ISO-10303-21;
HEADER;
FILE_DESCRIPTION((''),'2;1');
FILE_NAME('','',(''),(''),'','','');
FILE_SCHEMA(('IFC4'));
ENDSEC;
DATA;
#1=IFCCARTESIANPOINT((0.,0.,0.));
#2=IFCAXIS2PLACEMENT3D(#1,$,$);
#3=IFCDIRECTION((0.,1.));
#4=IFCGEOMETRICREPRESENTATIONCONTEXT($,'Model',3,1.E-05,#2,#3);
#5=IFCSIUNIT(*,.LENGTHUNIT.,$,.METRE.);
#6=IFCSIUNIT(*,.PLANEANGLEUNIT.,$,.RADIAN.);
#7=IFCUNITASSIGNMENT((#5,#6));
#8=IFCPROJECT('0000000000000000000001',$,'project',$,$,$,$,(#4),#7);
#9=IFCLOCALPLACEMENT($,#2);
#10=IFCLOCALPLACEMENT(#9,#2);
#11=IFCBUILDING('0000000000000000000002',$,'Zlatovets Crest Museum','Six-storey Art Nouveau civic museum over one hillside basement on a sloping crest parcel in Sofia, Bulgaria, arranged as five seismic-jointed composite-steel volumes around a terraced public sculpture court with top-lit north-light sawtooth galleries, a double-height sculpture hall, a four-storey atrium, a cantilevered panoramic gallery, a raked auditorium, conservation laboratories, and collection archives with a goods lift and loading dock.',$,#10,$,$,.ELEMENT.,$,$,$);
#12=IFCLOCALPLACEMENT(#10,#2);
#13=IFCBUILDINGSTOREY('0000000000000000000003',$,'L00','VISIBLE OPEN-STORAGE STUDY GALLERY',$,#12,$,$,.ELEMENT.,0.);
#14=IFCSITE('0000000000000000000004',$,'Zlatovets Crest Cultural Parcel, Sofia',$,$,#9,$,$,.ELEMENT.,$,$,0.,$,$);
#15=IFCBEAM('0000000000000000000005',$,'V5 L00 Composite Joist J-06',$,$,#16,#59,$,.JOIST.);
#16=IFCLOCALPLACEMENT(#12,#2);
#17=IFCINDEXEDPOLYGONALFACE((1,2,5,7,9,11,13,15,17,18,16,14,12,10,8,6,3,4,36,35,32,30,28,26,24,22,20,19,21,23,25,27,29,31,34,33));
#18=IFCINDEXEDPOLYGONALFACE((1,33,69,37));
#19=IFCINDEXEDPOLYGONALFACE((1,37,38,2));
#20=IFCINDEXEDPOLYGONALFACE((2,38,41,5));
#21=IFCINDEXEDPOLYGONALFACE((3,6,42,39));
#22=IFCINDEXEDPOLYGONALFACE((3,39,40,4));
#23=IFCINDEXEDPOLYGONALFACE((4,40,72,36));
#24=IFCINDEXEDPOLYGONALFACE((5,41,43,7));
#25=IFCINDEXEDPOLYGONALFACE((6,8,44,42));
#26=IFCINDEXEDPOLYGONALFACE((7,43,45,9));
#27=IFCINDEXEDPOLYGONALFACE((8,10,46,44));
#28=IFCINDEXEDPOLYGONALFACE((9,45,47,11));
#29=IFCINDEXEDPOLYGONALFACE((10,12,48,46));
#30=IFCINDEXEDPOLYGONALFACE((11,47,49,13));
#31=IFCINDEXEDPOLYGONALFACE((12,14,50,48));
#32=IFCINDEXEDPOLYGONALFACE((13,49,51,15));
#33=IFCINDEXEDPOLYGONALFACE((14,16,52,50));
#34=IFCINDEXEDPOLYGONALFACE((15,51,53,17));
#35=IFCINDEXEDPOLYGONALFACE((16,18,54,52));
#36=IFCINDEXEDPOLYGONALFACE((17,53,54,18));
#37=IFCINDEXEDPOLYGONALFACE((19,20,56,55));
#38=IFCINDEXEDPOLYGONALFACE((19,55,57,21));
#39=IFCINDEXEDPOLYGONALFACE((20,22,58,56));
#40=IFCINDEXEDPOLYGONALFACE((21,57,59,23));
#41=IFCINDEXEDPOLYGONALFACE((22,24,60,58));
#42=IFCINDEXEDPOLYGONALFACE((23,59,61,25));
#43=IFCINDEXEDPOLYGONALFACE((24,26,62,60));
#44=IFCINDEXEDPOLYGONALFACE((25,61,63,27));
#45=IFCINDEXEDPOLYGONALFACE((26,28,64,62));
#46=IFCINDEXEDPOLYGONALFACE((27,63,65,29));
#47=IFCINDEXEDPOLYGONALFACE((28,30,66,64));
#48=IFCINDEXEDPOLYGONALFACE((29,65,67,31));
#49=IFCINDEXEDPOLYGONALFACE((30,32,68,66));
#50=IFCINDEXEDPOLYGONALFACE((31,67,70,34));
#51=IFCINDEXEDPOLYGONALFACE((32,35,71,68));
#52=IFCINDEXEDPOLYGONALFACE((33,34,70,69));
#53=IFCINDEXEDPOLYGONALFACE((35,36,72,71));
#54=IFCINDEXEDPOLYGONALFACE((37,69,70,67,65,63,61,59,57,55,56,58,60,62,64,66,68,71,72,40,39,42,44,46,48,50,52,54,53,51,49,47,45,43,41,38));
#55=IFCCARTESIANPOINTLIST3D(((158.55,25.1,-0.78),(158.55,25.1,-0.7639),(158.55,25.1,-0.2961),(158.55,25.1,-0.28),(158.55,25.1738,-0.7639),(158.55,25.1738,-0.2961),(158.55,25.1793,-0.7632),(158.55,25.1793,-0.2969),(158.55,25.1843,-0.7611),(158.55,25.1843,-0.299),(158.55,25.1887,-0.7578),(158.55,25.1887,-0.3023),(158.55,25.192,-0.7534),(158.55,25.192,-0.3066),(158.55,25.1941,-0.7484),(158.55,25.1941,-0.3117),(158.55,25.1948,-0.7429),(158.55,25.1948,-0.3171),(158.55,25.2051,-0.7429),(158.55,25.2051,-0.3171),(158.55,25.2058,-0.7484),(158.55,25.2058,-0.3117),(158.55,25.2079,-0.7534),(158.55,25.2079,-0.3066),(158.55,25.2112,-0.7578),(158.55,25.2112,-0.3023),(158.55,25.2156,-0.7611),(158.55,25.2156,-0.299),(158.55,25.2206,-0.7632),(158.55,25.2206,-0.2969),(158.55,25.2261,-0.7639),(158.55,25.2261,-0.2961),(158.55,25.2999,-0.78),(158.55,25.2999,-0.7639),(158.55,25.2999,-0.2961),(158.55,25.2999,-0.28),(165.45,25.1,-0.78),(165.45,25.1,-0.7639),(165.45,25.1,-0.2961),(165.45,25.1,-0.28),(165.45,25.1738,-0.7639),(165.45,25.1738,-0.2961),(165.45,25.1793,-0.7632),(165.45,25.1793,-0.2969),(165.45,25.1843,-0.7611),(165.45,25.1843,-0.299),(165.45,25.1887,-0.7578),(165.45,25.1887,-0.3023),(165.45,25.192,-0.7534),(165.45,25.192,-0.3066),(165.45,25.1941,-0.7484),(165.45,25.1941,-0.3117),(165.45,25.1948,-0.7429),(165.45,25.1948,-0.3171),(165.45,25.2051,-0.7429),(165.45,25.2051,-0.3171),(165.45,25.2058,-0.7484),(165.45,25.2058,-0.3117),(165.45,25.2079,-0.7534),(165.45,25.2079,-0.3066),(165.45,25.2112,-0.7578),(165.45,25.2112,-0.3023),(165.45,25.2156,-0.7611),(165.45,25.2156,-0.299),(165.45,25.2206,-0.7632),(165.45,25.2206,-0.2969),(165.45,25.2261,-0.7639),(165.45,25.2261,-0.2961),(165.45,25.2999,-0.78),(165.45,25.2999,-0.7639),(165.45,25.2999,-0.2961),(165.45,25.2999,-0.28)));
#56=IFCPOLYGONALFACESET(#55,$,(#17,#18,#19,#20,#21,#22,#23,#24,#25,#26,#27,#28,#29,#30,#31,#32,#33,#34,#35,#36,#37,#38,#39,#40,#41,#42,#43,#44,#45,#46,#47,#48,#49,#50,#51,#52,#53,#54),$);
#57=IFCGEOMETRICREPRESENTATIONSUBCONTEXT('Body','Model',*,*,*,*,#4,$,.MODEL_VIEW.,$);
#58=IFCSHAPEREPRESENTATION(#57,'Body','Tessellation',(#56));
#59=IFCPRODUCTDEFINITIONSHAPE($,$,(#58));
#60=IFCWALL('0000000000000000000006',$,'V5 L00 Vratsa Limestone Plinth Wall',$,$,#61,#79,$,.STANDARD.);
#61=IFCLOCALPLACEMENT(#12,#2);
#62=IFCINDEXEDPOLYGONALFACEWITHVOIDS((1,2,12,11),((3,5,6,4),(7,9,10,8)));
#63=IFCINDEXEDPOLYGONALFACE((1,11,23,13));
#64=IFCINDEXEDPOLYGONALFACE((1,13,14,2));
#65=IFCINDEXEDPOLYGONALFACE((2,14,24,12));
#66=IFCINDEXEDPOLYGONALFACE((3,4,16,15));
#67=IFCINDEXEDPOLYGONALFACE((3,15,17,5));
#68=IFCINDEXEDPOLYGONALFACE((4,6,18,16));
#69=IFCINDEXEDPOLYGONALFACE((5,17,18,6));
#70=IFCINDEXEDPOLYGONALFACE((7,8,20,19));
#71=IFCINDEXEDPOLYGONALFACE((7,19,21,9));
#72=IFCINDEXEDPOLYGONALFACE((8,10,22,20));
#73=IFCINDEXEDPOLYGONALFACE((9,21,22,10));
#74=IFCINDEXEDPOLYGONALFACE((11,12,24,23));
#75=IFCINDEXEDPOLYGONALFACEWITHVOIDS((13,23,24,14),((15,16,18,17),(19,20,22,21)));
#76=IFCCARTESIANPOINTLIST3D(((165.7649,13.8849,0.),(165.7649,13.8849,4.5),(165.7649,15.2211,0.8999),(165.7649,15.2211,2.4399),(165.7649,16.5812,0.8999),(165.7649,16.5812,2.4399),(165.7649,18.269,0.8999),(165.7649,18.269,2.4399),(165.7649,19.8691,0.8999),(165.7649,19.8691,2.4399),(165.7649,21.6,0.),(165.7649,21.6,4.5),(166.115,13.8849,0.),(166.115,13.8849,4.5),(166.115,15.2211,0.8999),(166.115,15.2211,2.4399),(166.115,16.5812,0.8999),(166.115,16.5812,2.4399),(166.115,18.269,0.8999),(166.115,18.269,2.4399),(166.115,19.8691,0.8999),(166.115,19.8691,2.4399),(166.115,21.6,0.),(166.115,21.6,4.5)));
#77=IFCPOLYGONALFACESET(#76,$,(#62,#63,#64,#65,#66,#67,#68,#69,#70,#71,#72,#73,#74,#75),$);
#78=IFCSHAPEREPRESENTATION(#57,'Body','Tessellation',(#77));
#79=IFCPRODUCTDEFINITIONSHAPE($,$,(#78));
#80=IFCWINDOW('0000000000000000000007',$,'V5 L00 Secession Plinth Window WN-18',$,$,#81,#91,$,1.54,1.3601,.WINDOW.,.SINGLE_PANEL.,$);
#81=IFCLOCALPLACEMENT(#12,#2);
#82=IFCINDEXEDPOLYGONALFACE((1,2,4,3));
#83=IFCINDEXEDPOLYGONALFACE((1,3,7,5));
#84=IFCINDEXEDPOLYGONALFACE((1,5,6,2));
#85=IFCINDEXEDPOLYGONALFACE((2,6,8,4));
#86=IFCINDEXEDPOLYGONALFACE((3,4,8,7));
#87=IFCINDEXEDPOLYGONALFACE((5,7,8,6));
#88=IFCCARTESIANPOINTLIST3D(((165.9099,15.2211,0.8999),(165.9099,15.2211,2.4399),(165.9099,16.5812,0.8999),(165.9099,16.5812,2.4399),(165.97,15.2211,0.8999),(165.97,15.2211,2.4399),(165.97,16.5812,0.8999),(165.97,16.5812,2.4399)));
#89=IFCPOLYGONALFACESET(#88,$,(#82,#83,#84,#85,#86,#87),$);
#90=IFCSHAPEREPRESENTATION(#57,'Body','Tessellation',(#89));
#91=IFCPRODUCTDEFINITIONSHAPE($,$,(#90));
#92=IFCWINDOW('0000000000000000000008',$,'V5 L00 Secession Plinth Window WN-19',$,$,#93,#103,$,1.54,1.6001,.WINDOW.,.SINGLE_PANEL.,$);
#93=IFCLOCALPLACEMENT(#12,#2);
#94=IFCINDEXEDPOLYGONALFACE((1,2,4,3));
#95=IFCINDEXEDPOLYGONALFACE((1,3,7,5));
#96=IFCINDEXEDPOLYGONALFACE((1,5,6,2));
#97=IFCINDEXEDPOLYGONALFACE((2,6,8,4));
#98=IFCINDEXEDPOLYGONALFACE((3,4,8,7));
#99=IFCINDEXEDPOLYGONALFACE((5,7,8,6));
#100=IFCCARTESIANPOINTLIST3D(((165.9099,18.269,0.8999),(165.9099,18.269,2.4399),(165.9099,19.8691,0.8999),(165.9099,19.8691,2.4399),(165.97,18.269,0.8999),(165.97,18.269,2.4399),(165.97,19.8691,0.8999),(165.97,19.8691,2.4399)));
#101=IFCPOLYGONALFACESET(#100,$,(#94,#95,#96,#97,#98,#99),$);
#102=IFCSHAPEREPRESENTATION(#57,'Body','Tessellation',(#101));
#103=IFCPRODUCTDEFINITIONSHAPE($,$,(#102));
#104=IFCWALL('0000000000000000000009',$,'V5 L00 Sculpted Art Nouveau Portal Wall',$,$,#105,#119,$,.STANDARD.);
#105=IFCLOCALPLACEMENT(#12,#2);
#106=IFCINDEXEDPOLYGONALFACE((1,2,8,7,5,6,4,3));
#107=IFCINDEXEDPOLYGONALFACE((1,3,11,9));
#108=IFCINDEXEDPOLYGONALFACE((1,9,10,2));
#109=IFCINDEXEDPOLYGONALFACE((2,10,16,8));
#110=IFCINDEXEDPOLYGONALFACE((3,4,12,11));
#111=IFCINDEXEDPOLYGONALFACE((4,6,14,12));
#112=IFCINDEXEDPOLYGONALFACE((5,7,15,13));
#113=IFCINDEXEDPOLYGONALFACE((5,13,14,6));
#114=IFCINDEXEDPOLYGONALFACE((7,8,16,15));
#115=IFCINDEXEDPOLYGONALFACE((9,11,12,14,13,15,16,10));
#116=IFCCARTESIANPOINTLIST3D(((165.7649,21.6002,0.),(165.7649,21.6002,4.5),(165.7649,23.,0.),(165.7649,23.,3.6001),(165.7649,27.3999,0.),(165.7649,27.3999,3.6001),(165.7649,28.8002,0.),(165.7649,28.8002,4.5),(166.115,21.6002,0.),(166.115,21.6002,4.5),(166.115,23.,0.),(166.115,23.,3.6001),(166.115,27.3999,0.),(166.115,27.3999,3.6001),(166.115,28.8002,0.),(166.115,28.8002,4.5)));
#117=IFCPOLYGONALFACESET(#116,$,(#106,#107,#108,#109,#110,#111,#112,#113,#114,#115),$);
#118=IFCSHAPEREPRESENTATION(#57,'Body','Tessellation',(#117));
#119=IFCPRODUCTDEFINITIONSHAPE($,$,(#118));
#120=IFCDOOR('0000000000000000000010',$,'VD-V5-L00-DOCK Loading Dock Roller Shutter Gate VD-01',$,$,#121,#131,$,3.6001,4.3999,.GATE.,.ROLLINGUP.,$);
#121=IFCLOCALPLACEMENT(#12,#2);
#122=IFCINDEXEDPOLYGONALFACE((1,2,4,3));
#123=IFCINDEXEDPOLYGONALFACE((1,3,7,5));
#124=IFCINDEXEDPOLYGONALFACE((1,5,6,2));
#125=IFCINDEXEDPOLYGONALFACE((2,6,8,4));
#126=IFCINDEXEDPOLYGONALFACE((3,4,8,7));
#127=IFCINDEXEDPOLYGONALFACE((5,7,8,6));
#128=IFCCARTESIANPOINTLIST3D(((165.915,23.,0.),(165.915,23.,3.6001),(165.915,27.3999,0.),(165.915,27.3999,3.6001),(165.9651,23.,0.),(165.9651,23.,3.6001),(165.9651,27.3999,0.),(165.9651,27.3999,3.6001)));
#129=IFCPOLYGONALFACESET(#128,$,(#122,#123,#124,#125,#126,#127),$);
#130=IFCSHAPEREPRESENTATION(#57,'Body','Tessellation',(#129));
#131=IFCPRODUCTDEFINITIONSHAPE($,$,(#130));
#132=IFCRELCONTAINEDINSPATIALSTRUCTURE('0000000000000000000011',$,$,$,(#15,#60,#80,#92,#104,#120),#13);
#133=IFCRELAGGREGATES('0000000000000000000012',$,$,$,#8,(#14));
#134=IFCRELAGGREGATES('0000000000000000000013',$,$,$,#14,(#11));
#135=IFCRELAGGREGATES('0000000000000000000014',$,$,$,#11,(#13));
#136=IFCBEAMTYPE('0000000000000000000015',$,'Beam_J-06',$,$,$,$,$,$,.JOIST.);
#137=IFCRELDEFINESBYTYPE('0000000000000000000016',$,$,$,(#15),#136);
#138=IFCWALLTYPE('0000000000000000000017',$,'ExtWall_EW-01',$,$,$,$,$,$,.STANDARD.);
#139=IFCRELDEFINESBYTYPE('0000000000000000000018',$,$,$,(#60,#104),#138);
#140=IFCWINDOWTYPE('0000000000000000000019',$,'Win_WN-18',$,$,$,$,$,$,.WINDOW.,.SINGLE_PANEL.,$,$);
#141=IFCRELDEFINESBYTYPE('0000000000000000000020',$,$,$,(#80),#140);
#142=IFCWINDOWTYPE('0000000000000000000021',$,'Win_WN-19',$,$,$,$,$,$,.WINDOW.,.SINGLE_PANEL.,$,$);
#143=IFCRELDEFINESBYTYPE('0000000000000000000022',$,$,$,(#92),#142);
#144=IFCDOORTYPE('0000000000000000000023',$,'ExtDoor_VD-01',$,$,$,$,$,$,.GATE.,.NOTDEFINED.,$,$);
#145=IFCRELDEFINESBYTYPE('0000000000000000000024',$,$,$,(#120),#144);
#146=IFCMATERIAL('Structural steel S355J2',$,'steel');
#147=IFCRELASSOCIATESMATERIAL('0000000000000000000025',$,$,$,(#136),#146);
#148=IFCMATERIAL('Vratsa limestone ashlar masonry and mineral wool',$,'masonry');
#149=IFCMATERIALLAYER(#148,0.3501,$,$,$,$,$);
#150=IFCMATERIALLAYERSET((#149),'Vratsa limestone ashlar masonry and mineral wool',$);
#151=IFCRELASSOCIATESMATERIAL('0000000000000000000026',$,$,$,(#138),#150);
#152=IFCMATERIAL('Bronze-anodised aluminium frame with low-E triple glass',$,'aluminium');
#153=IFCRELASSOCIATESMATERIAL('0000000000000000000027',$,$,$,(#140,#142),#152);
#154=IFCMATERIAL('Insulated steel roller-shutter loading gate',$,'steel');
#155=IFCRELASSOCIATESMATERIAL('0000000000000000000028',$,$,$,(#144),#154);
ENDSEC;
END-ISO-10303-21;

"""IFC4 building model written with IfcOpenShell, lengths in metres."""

from ifc_helpers import new_model, si_unit, direction, frame, frame_2d, origin, origin_2d, place, context, subcontext, project, spatial, rectangle, i_section, extrude, material, layer, layer_set, material_profile, profile_set, type_object, element, fill, save


model = new_model("IFC4")

# Units and contexts
model_context = context("Model", 3, precision=1e-05, world=origin(), true_north=direction((0.0, 1.0)))
body_context = subcontext(model_context, "Body", "Model", "MODEL_VIEW")
ifc_project = project(units=[si_unit("LENGTHUNIT", "METRE"), si_unit("PLANEANGLEUNIT", "RADIAN")], contexts=[model_context])

# Site, building, storey
site_placement = place(None, origin())
site = spatial("IfcSite", under=ifc_project, at=site_placement, Name="Zlatovets Crest Cultural Parcel, Sofia", CompositionType="ELEMENT", RefElevation=0.0)
building_placement = place(site_placement, origin())
building = spatial("IfcBuilding", under=site, at=building_placement, Name="Zlatovets Crest Museum", Description="Six-storey Art Nouveau civic museum over one hillside basement on a sloping crest parcel in Sofia, Bulgaria, arranged as five seismic-jointed composite-steel volumes around a terraced public sculpture court with top-lit north-light sawtooth galleries, a double-height sculpture hall, a four-storey atrium, a cantilevered panoramic gallery, a raked auditorium, conservation laboratories, and collection archives with a goods lift and loading dock.", CompositionType="ELEMENT")
storey_placement = place(building_placement, origin())
storey = spatial("IfcBuildingStorey", under=building, at=storey_placement, Name="L00", Description="VISIBLE OPEN-STORAGE STUDY GALLERY", CompositionType="ELEMENT", Elevation=0.0)

# Shared definitions
ifc_material_1 = material(Name="Structural steel S355J2", Category="steel")

# Beam
ifc_material_profile_1 = material_profile(ifc_material_1, i_section(OverallWidth=0.2, OverallDepth=0.5, WebThickness=0.0103, FlangeThickness=0.0161, FilletRadius=0.021, at=origin_2d()), Name="IPE 500")
ifc_profile_set_1 = profile_set([ifc_material_profile_1], Name="Structural steel S355J2")
beam_type_1 = type_object("IfcBeamType", Name="Beam_J-06", PredefinedType="JOIST", material=ifc_profile_set_1)
for number, where, z_axis, x_axis, name in (
    (1, (158.55, 25.2, -0.53), (1.0, 0.0, 0.0), (0.0, 1.0, 0.0), "V5 L00 Composite Joist J-06"),
):
    element("IfcBeam", number, at=place(storey_placement, frame(where, z_axis=z_axis, x_axis=x_axis)), inside=storey, type_object=beam_type_1, Name=name, PredefinedType="JOIST", context=body_context, shape_type="SweptSolid", body=[
        extrude(i_section(OverallWidth=0.2, OverallDepth=0.5, WebThickness=0.0103, FlangeThickness=0.0161, FilletRadius=0.021, at=origin_2d()), origin(), (0.0, 0.0, 1.0), 6.8999),
    ])

# Wall, openings, windows
ifc_material_2 = material(Name="Vratsa limestone ashlar masonry and mineral wool", Category="masonry")
ifc_layer_1 = layer(ifc_material_2, 0.3501)
ifc_layer_set_1 = layer_set([ifc_layer_1], Name="Vratsa limestone ashlar masonry and mineral wool")
wall_type = type_object("IfcWallType", Name="ExtWall_EW-01", PredefinedType="STANDARD", material=ifc_layer_set_1)
wall_1_placement = place(storey_placement, frame((165.9399, 13.885, 0.0), z_axis=(0.0, 0.0, 1.0), x_axis=(0.0, 1.0, 0.0)))
wall_1 = element("IfcWall", 2, at=wall_1_placement, inside=storey, type_object=wall_type, Name="V5 L00 Vratsa Limestone Plinth Wall", PredefinedType="STANDARD", context=body_context, shape_type="SweptSolid", body=[
    extrude(rectangle(XDim=7.7151, YDim=0.3501, at=frame_2d((3.8574, 0.0))), origin(), (0.0, 0.0, 1.0), 4.5),
])
opening_1_placement = place(wall_1_placement, frame((1.3359, 0.0, 0.8999)))
opening_1 = element("IfcOpeningElement", 3, at=opening_1_placement, cuts=wall_1, PredefinedType="OPENING", context=body_context, shape_type="SweptSolid", body=[
    extrude(rectangle(XDim=1.3601, YDim=1.54, at=frame_2d((0.6802, 0.77))), frame((0.0, 0.1851, 0.0), z_axis=(0.0, -1.0, 0.0), x_axis=(1.0, 0.0, 0.0)), (0.0, 0.0, 1.0), 0.3701),
])
opening_2_placement = place(wall_1_placement, frame((4.384, 0.0, 0.8999)))
opening_2 = element("IfcOpeningElement", 4, at=opening_2_placement, cuts=wall_1, PredefinedType="OPENING", context=body_context, shape_type="SweptSolid", body=[
    extrude(rectangle(XDim=1.6001, YDim=1.54, at=frame_2d((0.8, 0.77))), frame((0.0, 0.1851, 0.0), z_axis=(0.0, -1.0, 0.0), x_axis=(1.0, 0.0, 0.0)), (0.0, 0.0, 1.0), 0.3701),
])
ifc_material_3 = material(Name="Bronze-anodised aluminium frame with low-E triple glass", Category="aluminium")
window_type_1 = type_object("IfcWindowType", Name="Win_WN-18", PartitioningType="SINGLE_PANEL", PredefinedType="WINDOW", material=ifc_material_3)
window_1_placement = place(opening_1_placement, origin())
window_1 = element("IfcWindow", 5, at=window_1_placement, inside=storey, type_object=window_type_1, Name="V5 L00 Secession Plinth Window WN-18", OverallHeight=1.54, OverallWidth=1.3601, PartitioningType="SINGLE_PANEL", PredefinedType="WINDOW", context=body_context, shape_type="SweptSolid", body=[
    extrude(rectangle(XDim=1.3601, YDim=1.54, at=frame_2d((0.6802, 0.77))), frame((0.0, 0.03, 0.0), z_axis=(0.0, -1.0, 0.0), x_axis=(1.0, 0.0, 0.0)), (0.0, 0.0, 1.0), 0.0601),
])
fill(opening_1, window_1)
window_type_2 = type_object("IfcWindowType", Name="Win_WN-19", PartitioningType="SINGLE_PANEL", PredefinedType="WINDOW", material=ifc_material_3)
window_2_placement = place(opening_2_placement, origin())
window_2 = element("IfcWindow", 6, at=window_2_placement, inside=storey, type_object=window_type_2, Name="V5 L00 Secession Plinth Window WN-19", OverallHeight=1.54, OverallWidth=1.6001, PartitioningType="SINGLE_PANEL", PredefinedType="WINDOW", context=body_context, shape_type="SweptSolid", body=[
    extrude(rectangle(XDim=1.6001, YDim=1.54, at=frame_2d((0.8, 0.77))), frame((0.0, 0.03, 0.0), z_axis=(0.0, -1.0, 0.0), x_axis=(1.0, 0.0, 0.0)), (0.0, 0.0, 1.0), 0.0601),
])
fill(opening_2, window_2)

# Wall, opening, door
wall_2_placement = place(storey_placement, frame((165.9399, 21.6001, 0.0), z_axis=(0.0, 0.0, 1.0), x_axis=(0.0, 1.0, 0.0)))
wall_2 = element("IfcWall", 7, at=wall_2_placement, inside=storey, type_object=wall_type, Name="V5 L00 Sculpted Art Nouveau Portal Wall", PredefinedType="STANDARD", context=body_context, shape_type="SweptSolid", body=[
    extrude(rectangle(XDim=7.2, YDim=0.3501, at=frame_2d((3.6001, 0.0))), origin(), (0.0, 0.0, 1.0), 4.5),
])
opening_3_placement = place(wall_2_placement, frame((1.3999, 0.0, 0.0)))
opening_3 = element("IfcOpeningElement", 8, at=opening_3_placement, cuts=wall_2, PredefinedType="OPENING", context=body_context, shape_type="SweptSolid", body=[
    extrude(rectangle(XDim=4.3999, YDim=3.6001, at=frame_2d((2.2, 1.8))), frame((0.0, 0.1851, 0.0), z_axis=(0.0, -1.0, 0.0), x_axis=(1.0, 0.0, 0.0)), (0.0, 0.0, 1.0), 0.3701),
])
ifc_material_4 = material(Name="Insulated steel roller-shutter loading gate", Category="steel")
door_type_1 = type_object("IfcDoorType", Name="ExtDoor_VD-01", OperationType="NOTDEFINED", PredefinedType="GATE", material=ifc_material_4)
door_1_placement = place(opening_3_placement, origin())
door_1 = element("IfcDoor", 9, at=door_1_placement, inside=storey, type_object=door_type_1, Name="VD-V5-L00-DOCK Loading Dock Roller Shutter Gate VD-01", OperationType="ROLLINGUP", OverallHeight=3.6001, OverallWidth=4.3999, PredefinedType="GATE", context=body_context, shape_type="SweptSolid", body=[
    extrude(rectangle(XDim=4.3999, YDim=3.6001, at=frame_2d((2.2, 1.8))), frame((0.0, 0.0249, 0.0), z_axis=(0.0, -1.0, 0.0), x_axis=(1.0, 0.0, 0.0)), (0.0, 0.0, 1.0), 0.05),
])
fill(opening_3, door_1)

save(model, "model.ifc")
